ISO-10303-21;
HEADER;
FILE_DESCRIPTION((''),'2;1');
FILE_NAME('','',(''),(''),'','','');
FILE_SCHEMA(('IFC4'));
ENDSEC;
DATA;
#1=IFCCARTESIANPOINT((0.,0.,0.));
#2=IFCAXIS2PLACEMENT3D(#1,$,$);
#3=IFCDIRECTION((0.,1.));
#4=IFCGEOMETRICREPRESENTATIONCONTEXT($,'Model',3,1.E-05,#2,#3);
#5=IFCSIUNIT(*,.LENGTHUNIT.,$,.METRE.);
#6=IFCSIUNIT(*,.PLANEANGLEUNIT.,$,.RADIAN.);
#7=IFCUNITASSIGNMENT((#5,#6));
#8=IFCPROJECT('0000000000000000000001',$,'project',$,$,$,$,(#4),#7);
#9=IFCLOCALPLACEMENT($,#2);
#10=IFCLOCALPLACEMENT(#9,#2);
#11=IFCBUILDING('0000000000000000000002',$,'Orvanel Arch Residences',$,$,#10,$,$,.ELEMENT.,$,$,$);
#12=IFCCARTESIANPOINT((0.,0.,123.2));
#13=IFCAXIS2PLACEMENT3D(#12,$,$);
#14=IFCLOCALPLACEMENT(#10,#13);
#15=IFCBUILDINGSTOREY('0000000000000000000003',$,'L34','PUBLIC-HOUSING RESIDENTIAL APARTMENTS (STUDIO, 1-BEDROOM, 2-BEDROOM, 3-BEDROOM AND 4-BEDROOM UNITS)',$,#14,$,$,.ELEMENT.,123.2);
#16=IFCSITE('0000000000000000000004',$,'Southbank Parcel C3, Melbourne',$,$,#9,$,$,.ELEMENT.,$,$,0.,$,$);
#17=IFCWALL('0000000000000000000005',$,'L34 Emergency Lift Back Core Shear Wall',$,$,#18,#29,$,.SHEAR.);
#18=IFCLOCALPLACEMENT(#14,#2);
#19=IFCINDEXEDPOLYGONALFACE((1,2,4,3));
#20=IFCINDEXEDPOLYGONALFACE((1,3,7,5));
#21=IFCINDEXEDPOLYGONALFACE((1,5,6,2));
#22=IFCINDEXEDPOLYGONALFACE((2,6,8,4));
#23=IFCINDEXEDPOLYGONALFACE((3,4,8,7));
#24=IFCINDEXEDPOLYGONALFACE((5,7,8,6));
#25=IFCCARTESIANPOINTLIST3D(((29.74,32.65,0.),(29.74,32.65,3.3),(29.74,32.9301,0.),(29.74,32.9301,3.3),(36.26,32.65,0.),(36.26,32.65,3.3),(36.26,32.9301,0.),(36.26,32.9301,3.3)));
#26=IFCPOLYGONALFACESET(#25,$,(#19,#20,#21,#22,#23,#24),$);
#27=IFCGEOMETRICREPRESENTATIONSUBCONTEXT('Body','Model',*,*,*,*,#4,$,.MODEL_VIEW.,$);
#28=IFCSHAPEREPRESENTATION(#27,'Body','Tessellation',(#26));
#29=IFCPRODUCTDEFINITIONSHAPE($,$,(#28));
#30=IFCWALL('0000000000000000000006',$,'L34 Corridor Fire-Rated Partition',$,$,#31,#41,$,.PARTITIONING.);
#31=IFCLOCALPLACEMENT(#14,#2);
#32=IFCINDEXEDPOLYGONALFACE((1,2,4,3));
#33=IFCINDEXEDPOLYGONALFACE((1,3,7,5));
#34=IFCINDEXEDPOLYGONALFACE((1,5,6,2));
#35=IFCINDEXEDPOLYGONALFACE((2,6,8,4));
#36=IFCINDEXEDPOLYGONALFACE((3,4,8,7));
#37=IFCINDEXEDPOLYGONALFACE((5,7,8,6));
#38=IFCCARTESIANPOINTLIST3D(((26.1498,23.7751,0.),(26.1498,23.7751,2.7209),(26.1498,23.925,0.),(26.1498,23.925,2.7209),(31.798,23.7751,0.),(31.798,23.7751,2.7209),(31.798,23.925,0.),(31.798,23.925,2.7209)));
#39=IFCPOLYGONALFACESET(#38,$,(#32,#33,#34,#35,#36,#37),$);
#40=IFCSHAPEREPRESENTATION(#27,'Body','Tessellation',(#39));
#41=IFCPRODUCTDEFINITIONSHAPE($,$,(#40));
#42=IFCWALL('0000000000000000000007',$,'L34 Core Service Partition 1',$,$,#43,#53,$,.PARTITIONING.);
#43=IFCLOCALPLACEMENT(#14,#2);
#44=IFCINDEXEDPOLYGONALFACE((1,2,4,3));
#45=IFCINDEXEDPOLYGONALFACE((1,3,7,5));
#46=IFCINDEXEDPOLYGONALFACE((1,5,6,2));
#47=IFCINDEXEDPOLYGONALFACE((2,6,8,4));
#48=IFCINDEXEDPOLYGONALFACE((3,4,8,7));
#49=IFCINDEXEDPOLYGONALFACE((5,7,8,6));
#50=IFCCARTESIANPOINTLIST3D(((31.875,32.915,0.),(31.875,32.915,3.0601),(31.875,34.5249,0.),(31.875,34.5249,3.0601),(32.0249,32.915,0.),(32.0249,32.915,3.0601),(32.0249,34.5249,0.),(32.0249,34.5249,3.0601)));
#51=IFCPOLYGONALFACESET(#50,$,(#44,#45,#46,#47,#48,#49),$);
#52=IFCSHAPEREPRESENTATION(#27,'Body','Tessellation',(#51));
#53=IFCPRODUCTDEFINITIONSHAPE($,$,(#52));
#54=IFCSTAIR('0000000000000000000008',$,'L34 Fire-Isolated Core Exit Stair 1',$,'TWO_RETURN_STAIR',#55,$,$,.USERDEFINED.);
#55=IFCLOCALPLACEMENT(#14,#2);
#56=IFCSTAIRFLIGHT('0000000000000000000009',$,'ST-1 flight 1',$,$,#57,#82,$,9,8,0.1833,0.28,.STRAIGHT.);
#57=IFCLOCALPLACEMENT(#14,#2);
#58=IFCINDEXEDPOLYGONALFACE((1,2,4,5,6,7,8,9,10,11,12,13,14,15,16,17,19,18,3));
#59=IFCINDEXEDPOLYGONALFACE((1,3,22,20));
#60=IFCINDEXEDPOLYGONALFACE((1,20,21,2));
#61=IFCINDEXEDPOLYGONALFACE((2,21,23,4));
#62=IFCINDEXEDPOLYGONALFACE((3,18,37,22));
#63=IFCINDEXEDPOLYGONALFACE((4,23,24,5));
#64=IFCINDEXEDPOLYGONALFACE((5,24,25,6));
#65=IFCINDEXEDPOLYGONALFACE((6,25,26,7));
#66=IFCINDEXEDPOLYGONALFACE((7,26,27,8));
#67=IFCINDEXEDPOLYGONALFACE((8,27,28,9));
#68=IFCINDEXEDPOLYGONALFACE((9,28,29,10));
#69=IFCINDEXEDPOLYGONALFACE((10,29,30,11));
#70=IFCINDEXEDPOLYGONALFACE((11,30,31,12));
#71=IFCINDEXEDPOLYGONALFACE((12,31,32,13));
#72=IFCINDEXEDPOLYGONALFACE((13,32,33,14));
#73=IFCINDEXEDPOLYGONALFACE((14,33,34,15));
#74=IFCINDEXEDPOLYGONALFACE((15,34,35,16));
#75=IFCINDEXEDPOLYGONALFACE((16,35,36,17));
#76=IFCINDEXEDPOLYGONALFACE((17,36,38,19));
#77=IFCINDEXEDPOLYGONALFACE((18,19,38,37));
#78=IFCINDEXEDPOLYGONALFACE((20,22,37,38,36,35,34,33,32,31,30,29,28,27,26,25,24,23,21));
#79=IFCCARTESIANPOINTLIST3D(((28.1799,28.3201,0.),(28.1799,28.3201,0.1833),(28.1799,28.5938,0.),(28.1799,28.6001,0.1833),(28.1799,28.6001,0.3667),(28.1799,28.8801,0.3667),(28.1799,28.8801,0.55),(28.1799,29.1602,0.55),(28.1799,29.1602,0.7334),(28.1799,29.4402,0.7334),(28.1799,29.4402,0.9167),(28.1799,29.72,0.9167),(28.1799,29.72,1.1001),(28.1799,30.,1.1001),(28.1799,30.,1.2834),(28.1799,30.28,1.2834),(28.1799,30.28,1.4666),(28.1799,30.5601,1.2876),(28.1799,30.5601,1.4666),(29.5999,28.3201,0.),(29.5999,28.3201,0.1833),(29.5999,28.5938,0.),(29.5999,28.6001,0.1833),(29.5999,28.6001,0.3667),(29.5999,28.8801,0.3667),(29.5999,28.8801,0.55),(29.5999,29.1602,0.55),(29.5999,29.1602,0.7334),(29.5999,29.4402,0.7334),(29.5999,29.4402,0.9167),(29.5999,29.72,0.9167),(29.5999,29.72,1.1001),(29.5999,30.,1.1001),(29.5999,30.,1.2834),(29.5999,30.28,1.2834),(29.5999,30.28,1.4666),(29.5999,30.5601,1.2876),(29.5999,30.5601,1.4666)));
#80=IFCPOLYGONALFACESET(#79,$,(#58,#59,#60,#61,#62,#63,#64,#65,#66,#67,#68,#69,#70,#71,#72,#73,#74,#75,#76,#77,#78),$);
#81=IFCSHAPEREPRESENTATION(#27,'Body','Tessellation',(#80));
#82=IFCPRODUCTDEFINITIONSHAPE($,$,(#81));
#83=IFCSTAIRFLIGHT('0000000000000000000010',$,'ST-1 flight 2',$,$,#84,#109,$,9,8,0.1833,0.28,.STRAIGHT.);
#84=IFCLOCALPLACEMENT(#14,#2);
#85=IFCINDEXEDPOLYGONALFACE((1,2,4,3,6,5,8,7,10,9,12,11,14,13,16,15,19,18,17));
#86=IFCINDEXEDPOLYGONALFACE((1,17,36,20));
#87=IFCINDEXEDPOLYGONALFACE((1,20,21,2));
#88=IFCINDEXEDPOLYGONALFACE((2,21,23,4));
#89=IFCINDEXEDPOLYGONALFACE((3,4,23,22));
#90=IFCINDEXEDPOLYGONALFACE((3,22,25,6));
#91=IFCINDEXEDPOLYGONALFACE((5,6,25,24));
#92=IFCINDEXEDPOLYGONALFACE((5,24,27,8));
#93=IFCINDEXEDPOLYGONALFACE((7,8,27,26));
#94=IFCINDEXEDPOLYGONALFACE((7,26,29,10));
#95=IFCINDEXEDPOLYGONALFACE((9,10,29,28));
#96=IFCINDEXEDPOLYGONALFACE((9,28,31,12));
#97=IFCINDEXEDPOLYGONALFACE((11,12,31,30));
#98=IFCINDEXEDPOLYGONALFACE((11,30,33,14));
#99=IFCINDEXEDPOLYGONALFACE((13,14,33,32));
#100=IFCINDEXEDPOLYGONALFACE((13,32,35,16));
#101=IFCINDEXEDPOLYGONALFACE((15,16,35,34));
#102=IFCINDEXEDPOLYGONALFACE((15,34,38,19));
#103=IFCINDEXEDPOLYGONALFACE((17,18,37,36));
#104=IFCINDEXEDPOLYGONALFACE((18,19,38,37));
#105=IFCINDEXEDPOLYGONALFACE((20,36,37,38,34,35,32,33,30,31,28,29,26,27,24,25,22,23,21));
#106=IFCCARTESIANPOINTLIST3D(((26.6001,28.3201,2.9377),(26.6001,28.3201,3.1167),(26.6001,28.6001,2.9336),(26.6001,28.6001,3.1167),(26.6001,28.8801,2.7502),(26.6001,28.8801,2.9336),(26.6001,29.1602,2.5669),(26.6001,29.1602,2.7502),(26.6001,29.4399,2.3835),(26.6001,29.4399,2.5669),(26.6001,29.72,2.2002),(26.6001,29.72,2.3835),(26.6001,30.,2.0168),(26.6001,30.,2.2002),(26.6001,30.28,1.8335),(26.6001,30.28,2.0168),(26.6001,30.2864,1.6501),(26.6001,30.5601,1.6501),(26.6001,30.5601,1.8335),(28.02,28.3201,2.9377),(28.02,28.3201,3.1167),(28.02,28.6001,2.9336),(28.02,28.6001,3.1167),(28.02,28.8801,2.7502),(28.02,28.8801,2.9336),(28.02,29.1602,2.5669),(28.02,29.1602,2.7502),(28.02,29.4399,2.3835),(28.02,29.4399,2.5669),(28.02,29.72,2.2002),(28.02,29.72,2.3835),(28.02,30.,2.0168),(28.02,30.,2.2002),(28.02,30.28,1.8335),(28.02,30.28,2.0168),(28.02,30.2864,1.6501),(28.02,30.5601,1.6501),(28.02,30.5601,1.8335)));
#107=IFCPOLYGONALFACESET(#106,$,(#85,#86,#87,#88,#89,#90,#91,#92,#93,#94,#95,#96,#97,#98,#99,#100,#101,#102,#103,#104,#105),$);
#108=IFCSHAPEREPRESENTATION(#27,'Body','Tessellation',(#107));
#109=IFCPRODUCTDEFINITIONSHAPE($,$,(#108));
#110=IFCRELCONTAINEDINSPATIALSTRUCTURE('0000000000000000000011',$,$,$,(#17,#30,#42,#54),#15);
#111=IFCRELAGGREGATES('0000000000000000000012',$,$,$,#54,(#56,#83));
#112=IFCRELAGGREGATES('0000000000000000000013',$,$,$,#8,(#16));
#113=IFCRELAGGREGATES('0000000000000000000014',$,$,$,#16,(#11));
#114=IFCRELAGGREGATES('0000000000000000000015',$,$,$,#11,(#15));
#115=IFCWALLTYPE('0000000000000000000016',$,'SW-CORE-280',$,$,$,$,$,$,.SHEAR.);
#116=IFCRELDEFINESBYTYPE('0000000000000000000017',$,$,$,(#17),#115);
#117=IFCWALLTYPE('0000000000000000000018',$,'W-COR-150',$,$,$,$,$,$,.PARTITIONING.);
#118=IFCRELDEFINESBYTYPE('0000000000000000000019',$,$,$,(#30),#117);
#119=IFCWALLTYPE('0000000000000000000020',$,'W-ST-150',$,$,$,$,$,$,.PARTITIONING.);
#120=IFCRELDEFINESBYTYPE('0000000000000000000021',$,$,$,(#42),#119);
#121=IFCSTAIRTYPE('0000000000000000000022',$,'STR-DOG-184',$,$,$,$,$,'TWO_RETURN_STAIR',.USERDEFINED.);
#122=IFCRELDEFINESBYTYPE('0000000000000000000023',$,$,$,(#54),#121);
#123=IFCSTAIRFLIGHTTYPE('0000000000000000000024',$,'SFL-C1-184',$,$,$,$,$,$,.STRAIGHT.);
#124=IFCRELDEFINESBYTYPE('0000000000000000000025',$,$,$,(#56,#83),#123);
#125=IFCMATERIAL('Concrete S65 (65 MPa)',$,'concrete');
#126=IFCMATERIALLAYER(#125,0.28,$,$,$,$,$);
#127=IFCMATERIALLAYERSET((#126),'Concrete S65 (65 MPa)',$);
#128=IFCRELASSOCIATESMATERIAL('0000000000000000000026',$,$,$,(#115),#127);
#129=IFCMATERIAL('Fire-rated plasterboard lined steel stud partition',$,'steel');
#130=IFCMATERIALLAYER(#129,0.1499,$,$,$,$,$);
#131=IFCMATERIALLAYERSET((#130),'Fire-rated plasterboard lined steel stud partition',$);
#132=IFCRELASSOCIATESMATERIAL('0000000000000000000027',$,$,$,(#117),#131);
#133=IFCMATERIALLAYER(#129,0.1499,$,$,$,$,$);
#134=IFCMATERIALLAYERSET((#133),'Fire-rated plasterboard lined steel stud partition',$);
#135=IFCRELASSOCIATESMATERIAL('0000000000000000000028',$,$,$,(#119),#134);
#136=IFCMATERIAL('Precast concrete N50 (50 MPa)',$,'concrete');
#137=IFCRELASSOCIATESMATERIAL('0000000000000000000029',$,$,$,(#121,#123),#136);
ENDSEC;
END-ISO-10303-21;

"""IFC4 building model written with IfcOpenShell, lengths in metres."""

from ifc_helpers import new_model, si_unit, direction, frame, frame_2d, origin, place, context, subcontext, project, spatial, polyline, rectangle, outline, extrude, material, layer, layer_set, type_object, element, aggregate, save


model = new_model("IFC4")

# Units and contexts
model_context = context("Model", 3, precision=1e-05, world=origin(), true_north=direction((0.0, 1.0)))
body_context = subcontext(model_context, "Body", "Model", "MODEL_VIEW")
ifc_project = project(units=[si_unit("LENGTHUNIT", "METRE"), si_unit("PLANEANGLEUNIT", "RADIAN")], contexts=[model_context])

# Site, building, storey
site_placement = place(None, origin())
site = spatial("IfcSite", under=ifc_project, at=site_placement, Name="Southbank Parcel C3, Melbourne", CompositionType="ELEMENT", RefElevation=0.0)
building_placement = place(site_placement, origin())
building = spatial("IfcBuilding", under=site, at=building_placement, Name="Orvanel Arch Residences", CompositionType="ELEMENT")
storey_placement = place(building_placement, frame((0.0, 0.0, 123.2)))
storey = spatial("IfcBuildingStorey", under=building, at=storey_placement, Name="L34", Description="PUBLIC-HOUSING RESIDENTIAL APARTMENTS (STUDIO, 1-BEDROOM, 2-BEDROOM, 3-BEDROOM AND 4-BEDROOM UNITS)", CompositionType="ELEMENT", Elevation=123.2)

# Shared definitions
ifc_material_1 = material(Name="Concrete S65 (65 MPa)", Category="concrete")
ifc_layer_1 = layer(ifc_material_1, 0.28)
ifc_layer_set_1 = layer_set([ifc_layer_1], Name="Concrete S65 (65 MPa)")
wall_type_1 = type_object("IfcWallType", Name="SW-CORE-280", PredefinedType="SHEAR", material=ifc_layer_set_1)

# Walls
wall_1_placement = place(storey_placement, frame((29.74, 32.79, 0.0), z_axis=(0.0, 0.0, 1.0), x_axis=(1.0, 0.0, 0.0)))
element("IfcWall", 1, at=wall_1_placement, inside=storey, type_object=wall_type_1, Name="L34 Emergency Lift Back Core Shear Wall", PredefinedType="SHEAR", context=body_context, shape_type="SweptSolid", body=[
    extrude(rectangle(XDim=6.52, YDim=0.28, at=frame_2d((3.26, 0.0))), origin(), (0.0, 0.0, 1.0), 3.3),
])
ifc_material_2 = material(Name="Fire-rated plasterboard lined steel stud partition", Category="steel")
ifc_layer_2 = layer(ifc_material_2, 0.1499)
ifc_layer_set_2 = layer_set([ifc_layer_2], Name="Fire-rated plasterboard lined steel stud partition")
wall_type_2 = type_object("IfcWallType", Name="W-COR-150", PredefinedType="PARTITIONING", material=ifc_layer_set_2)
wall_2_placement = place(storey_placement, frame((31.7981, 23.8501, 0.0), z_axis=(0.0, 0.0, 1.0), x_axis=(-1.0, 0.0, 0.0)))
element("IfcWall", 2, at=wall_2_placement, inside=storey, type_object=wall_type_2, Name="L34 Corridor Fire-Rated Partition", PredefinedType="PARTITIONING", context=body_context, shape_type="SweptSolid", body=[
    extrude(rectangle(XDim=5.6482, YDim=0.1499, at=frame_2d((2.8242, 0.0))), origin(), (0.0, 0.0, 1.0), 2.7209),
])
ifc_layer_3 = layer(ifc_material_2, 0.1499)
ifc_layer_set_3 = layer_set([ifc_layer_3], Name="Fire-rated plasterboard lined steel stud partition")
wall_type_3 = type_object("IfcWallType", Name="W-ST-150", PredefinedType="PARTITIONING", material=ifc_layer_set_3)
wall_3_placement = place(storey_placement, frame((31.95, 32.915, 0.0), z_axis=(0.0, 0.0, 1.0), x_axis=(0.0, 1.0, 0.0)))
element("IfcWall", 3, at=wall_3_placement, inside=storey, type_object=wall_type_3, Name="L34 Core Service Partition 1", PredefinedType="PARTITIONING", context=body_context, shape_type="SweptSolid", body=[
    extrude(rectangle(XDim=1.6099, YDim=0.1499, at=frame_2d((0.8049, 0.0))), origin(), (0.0, 0.0, 1.0), 3.0601),
])

# Stair, stair flights
ifc_material_3 = material(Name="Precast concrete N50 (50 MPa)", Category="concrete")
stair_type = type_object("IfcStairType", Name="STR-DOG-184", ElementType="TWO_RETURN_STAIR", PredefinedType="USERDEFINED", material=ifc_material_3)
stair_placement = place(storey_placement, origin())
stair = element("IfcStair", 4, at=stair_placement, inside=storey, type_object=stair_type, Name="L34 Fire-Isolated Core Exit Stair 1", ObjectType="TWO_RETURN_STAIR", PredefinedType="USERDEFINED")
stair_flight_type = type_object("IfcStairFlightType", Name="SFL-C1-184", PredefinedType="STRAIGHT", material=ifc_material_3)
stair_flight_1_placement = place(storey_placement, frame((28.8899, 28.3201, 0.0), z_axis=(0.0, 0.0, 1.0), x_axis=(0.0, 1.0, 0.0)))
stair_flight_1 = element("IfcStairFlight", 5, at=stair_flight_1_placement, type_object=stair_flight_type, Name="ST-1 flight 1", NumberOfRisers=9, NumberOfTreads=8, PredefinedType="STRAIGHT", RiserHeight=0.1833, TreadLength=0.28, context=body_context, shape_type="SweptSolid", body=[
    extrude(outline(polyline([(0.0, 0.0), (0.0, 0.1833), (0.28, 0.1833), (0.28, 0.3667), (0.5601, 0.3667), (0.5601, 0.55), (0.8401, 0.55), (0.8401, 0.7334), (1.1201, 0.7334), (1.1201, 0.9167), (1.3999, 0.9167), (1.3999, 1.1001), (1.6799, 1.1001), (1.6799, 1.2834), (1.96, 1.2834), (1.96, 1.4666), (2.24, 1.4666), (2.24, 1.6499), (2.24, 1.2876), (0.2737, 0.0), (0.0, 0.0)])), frame((0.0, 0.71, 0.0), z_axis=(0.0, -1.0, 0.0), x_axis=(1.0, 0.0, 0.0)), (0.0, 0.0, 1.0), 1.4199),
])
stair_flight_2_placement = place(storey_placement, frame((27.3101, 30.5601, 1.6501), z_axis=(0.0, 0.0, 1.0), x_axis=(0.0, -1.0, 0.0)))
stair_flight_2 = element("IfcStairFlight", 6, at=stair_flight_2_placement, type_object=stair_flight_type, Name="ST-1 flight 2", NumberOfRisers=9, NumberOfTreads=8, PredefinedType="STRAIGHT", RiserHeight=0.1833, TreadLength=0.28, context=body_context, shape_type="SweptSolid", body=[
    extrude(outline(polyline([(0.0, 0.0), (0.0, 0.1833), (0.28, 0.1833), (0.28, 0.3667), (0.5601, 0.3667), (0.5601, 0.55), (0.8401, 0.55), (0.8401, 0.7334), (1.1201, 0.7334), (1.1201, 0.9167), (1.3999, 0.9167), (1.3999, 1.1001), (1.6799, 1.1001), (1.6799, 1.2834), (1.96, 1.2834), (1.96, 1.4666), (2.24, 1.4666), (2.24, 1.6499), (2.24, 1.2876), (0.2737, 0.0), (0.0, 0.0)])), frame((0.0, 0.71, 0.0), z_axis=(0.0, -1.0, 0.0), x_axis=(1.0, 0.0, 0.0)), (0.0, 0.0, 1.0), 1.4199),
])
aggregate(stair, [stair_flight_1, stair_flight_2])

save(model, "model.ifc")
